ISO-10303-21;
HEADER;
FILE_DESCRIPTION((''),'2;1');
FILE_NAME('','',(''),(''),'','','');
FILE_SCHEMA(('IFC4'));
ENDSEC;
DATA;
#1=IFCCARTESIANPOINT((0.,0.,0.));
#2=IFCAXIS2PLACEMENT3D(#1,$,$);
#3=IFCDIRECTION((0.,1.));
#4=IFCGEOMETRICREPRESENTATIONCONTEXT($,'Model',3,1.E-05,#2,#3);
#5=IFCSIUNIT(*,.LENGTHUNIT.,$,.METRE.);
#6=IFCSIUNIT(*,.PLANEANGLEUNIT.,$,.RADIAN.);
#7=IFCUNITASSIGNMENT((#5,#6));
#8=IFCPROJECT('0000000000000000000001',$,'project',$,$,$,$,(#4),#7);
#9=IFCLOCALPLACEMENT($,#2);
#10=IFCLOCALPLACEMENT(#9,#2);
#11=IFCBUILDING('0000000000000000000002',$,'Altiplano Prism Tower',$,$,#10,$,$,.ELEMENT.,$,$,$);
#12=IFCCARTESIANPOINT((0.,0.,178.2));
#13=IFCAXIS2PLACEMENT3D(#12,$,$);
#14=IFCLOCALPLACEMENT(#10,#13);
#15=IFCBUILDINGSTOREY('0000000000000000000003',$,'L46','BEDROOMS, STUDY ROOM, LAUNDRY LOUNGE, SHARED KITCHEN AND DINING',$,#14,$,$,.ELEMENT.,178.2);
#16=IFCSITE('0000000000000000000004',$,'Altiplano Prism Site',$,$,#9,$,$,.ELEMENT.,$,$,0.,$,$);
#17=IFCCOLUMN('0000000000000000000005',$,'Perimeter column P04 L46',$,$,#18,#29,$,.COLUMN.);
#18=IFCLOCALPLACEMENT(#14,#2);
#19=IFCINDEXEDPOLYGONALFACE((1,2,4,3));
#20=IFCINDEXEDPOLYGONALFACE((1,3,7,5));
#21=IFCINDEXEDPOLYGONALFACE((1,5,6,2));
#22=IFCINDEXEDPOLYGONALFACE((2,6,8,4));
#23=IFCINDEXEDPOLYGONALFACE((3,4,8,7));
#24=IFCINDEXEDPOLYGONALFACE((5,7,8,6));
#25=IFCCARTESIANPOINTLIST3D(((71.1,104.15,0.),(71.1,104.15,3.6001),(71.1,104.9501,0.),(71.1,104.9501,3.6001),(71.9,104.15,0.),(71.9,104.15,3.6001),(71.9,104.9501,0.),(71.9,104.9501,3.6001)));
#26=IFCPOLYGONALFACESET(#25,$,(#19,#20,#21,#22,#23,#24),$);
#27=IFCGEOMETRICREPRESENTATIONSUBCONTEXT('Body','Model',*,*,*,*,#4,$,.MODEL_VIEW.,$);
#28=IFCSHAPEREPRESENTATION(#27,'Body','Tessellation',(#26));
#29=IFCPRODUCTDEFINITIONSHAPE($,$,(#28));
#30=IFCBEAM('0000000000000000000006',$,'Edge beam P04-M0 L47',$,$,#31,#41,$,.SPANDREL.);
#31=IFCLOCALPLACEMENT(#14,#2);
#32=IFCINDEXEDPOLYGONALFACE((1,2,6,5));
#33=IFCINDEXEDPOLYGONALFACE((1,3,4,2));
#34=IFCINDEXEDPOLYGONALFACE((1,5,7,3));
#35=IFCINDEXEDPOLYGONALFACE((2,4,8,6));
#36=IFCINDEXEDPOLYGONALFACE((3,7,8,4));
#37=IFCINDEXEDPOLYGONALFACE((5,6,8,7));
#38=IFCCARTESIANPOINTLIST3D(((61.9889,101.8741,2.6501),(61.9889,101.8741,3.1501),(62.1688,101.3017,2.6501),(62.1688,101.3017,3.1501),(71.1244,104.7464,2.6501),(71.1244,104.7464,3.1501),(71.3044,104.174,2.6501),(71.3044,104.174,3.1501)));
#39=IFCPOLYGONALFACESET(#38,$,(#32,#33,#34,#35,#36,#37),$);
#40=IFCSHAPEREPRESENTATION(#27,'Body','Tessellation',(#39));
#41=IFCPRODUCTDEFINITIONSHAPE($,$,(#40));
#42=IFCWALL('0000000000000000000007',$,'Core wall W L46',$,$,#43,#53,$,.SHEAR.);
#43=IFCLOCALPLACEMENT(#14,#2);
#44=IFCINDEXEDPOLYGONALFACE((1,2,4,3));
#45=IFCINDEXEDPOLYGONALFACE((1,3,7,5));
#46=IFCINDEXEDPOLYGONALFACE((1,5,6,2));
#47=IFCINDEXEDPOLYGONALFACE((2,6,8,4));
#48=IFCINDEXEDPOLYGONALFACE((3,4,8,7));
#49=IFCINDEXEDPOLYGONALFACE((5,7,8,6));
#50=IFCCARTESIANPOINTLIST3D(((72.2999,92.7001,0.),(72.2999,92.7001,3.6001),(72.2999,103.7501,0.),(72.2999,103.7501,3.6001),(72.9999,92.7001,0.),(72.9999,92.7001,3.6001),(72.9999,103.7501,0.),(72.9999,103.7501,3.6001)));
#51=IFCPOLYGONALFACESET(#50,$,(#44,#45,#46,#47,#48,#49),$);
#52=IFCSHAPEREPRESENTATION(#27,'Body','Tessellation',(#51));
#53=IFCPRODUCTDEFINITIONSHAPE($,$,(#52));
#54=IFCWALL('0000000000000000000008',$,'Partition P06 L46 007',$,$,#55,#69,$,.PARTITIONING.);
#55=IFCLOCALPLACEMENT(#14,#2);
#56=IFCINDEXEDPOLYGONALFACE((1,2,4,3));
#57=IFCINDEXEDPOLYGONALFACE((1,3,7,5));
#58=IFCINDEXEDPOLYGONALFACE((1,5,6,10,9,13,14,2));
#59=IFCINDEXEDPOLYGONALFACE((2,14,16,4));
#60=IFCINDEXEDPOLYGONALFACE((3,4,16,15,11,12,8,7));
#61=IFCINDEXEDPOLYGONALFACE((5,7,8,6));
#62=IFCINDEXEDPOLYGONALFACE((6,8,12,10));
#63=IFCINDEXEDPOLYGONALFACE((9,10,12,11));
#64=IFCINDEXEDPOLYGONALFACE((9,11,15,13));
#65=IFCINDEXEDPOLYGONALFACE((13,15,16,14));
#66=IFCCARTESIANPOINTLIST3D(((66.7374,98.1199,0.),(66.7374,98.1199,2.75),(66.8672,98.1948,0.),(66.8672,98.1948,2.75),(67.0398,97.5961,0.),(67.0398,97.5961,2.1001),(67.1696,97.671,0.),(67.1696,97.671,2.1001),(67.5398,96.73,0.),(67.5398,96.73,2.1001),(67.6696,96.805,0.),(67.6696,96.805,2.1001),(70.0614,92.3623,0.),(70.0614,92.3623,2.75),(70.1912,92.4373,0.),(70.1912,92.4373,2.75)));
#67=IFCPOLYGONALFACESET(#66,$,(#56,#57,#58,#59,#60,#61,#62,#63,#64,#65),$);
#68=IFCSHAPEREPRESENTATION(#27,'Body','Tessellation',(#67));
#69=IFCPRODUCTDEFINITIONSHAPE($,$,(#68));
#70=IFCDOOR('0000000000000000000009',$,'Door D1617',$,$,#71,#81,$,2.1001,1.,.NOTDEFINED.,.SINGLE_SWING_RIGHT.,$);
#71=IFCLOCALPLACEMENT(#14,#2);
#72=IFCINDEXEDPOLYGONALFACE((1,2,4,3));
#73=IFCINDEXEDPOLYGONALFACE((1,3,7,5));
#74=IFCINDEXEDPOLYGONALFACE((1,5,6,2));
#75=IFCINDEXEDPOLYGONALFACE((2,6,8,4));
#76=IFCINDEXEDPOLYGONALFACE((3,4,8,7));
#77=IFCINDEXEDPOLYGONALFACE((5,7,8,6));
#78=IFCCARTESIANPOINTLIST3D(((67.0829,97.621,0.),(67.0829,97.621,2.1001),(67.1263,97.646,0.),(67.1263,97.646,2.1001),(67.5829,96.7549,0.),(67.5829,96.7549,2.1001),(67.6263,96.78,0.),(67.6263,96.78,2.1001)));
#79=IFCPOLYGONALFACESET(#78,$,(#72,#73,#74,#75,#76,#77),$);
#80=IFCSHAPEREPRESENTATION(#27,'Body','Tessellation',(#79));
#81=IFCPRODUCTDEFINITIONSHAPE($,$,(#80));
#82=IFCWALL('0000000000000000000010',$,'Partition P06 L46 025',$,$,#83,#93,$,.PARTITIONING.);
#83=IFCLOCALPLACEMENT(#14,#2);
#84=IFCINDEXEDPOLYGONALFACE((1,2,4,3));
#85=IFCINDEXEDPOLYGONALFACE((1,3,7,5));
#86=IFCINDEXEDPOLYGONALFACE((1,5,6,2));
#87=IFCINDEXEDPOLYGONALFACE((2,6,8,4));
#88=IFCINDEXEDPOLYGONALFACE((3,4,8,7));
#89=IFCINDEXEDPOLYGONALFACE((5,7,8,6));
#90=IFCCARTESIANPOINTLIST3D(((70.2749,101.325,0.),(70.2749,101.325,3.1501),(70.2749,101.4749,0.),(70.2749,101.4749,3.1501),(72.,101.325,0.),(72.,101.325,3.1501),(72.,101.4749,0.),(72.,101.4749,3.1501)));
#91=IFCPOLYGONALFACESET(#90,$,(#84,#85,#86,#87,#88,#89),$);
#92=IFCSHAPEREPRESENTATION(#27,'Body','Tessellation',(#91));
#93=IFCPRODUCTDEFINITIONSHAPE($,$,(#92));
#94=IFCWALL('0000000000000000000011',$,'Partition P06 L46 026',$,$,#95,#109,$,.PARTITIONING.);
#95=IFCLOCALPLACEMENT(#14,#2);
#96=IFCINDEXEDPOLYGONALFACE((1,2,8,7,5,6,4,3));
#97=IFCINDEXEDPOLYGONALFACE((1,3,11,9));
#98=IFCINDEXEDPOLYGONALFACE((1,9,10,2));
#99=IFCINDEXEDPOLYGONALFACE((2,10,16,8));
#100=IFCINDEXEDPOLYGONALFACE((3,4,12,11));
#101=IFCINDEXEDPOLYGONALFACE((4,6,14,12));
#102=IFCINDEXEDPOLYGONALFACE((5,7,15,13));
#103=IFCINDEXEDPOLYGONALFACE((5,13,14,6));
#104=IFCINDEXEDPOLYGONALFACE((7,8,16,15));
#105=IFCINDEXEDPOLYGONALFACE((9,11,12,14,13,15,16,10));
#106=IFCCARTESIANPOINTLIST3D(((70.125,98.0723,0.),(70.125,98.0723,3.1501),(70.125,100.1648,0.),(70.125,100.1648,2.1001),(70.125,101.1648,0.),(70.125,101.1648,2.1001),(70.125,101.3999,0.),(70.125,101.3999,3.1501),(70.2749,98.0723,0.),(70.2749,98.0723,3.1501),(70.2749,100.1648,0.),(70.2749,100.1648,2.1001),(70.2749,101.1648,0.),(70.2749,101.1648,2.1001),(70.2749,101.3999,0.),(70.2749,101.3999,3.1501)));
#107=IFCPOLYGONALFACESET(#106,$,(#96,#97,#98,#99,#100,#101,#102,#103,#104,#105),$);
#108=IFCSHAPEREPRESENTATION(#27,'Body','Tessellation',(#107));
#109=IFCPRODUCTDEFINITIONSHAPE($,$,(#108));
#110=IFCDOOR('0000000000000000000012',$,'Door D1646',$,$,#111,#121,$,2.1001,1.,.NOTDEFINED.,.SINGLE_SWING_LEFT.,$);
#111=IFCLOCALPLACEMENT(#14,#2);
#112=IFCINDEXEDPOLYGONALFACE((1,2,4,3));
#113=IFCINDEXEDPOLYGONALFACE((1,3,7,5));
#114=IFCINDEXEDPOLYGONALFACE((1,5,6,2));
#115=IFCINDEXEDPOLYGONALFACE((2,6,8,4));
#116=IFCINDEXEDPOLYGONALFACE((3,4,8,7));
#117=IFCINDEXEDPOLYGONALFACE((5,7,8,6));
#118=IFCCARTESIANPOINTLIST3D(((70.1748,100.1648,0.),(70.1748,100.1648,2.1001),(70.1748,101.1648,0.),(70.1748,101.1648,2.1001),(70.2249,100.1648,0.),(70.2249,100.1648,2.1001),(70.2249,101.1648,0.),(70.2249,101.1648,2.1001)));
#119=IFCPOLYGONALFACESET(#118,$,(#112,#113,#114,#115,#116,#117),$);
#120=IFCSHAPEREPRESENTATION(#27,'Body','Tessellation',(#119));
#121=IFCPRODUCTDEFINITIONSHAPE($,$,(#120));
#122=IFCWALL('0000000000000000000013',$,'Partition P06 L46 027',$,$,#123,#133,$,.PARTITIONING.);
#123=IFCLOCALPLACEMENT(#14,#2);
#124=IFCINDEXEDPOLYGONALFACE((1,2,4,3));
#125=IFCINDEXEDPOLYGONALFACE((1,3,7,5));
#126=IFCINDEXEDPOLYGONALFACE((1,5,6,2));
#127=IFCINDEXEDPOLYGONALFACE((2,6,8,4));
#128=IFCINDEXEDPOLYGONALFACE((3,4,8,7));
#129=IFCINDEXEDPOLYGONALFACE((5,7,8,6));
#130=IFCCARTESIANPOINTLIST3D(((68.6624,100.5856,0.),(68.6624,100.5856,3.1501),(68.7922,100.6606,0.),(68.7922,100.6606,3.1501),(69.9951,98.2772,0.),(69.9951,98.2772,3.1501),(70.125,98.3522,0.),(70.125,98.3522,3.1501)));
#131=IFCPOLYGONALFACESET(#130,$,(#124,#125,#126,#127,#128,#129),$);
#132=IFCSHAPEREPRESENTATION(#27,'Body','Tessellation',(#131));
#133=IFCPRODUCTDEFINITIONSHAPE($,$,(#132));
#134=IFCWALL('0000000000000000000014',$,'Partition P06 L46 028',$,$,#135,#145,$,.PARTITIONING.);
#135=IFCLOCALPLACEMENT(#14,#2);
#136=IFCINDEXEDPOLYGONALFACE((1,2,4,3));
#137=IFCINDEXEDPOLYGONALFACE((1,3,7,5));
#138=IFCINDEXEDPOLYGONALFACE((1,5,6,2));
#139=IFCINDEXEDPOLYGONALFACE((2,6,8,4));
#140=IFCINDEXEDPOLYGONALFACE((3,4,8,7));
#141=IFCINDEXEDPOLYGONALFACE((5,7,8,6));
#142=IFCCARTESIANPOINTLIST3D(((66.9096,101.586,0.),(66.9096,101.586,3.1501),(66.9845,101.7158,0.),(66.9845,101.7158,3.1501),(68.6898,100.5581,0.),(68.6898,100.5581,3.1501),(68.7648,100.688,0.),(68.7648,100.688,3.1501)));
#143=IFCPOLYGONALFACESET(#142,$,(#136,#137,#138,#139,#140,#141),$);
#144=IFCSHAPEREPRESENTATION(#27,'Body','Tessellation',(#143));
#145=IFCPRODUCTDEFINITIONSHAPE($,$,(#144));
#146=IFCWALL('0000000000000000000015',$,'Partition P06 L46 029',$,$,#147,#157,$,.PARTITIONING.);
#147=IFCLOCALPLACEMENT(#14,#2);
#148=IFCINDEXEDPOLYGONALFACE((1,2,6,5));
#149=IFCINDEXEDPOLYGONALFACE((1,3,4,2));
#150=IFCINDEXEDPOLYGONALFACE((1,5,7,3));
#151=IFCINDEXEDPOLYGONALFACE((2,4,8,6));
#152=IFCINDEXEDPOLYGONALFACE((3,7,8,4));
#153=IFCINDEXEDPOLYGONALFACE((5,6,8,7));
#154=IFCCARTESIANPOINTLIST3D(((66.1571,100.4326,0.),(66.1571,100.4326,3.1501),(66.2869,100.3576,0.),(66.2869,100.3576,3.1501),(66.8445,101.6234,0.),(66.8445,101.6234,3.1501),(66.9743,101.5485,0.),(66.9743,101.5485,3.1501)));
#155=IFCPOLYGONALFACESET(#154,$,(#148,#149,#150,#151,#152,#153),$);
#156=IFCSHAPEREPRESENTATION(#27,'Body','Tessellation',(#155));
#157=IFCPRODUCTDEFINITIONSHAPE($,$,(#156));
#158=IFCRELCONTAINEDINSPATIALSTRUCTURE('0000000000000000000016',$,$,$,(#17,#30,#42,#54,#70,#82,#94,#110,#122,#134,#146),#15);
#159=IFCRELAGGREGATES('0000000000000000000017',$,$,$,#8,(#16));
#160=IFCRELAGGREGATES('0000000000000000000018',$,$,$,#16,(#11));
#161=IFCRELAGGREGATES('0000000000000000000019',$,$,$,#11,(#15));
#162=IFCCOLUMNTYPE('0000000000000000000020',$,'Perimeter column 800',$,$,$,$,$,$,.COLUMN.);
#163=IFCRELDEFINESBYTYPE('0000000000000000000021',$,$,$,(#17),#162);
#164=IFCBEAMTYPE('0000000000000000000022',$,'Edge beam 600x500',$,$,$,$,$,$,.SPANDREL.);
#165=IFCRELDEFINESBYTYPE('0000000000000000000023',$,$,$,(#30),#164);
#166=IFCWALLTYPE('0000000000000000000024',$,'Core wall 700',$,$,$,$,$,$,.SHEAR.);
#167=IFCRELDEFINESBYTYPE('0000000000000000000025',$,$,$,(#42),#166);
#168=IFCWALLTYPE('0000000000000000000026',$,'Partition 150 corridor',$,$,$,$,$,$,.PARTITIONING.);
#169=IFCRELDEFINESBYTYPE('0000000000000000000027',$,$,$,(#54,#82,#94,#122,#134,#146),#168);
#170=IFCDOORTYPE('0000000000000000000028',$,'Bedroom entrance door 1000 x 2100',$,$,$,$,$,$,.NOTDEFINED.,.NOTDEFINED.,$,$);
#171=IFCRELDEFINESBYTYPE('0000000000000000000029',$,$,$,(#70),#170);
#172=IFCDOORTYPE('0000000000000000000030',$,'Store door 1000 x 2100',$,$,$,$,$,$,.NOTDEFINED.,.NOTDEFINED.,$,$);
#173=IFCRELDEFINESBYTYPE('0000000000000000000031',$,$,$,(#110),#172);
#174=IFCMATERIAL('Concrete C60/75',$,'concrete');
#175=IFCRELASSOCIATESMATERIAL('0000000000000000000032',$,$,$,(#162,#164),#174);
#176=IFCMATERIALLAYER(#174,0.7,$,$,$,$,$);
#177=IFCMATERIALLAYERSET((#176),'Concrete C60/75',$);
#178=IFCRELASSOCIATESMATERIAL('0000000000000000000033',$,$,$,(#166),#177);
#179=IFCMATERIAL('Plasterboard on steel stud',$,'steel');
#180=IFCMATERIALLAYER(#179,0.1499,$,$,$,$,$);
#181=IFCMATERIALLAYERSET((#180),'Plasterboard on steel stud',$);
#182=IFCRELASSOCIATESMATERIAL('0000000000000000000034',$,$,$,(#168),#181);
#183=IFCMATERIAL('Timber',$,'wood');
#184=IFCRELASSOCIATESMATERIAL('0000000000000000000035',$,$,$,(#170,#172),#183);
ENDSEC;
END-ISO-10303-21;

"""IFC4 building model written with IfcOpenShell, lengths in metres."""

from ifc_helpers import new_model, si_unit, direction, frame, frame_2d, origin, origin_2d, place, context, subcontext, project, spatial, rectangle, extrude, material, layer, layer_set, material_profile, profile_set, type_object, element, fill, save


model = new_model("IFC4")

# Units and contexts
model_context = context("Model", 3, precision=1e-05, world=origin(), true_north=direction((0.0, 1.0)))
body_context = subcontext(model_context, "Body", "Model", "MODEL_VIEW")
ifc_project = project(units=[si_unit("LENGTHUNIT", "METRE"), si_unit("PLANEANGLEUNIT", "RADIAN")], contexts=[model_context])

# Site, building, storey
site_placement = place(None, origin())
site = spatial("IfcSite", under=ifc_project, at=site_placement, Name="Altiplano Prism Site", CompositionType="ELEMENT", RefElevation=0.0)
building_placement = place(site_placement, origin())
building = spatial("IfcBuilding", under=site, at=building_placement, Name="Altiplano Prism Tower", CompositionType="ELEMENT")
storey_placement = place(building_placement, frame((0.0, 0.0, 178.2)))
storey = spatial("IfcBuildingStorey", under=building, at=storey_placement, Name="L46", Description="BEDROOMS, STUDY ROOM, LAUNDRY LOUNGE, SHARED KITCHEN AND DINING", CompositionType="ELEMENT", Elevation=178.2)

# Column
ifc_material_1 = material(Name="Concrete C60/75", Category="concrete")
ifc_material_profile_1 = material_profile(ifc_material_1, rectangle(XDim=0.8, YDim=0.8, at=origin_2d()), Name="Perimeter column 800")
ifc_profile_set_1 = profile_set([ifc_material_profile_1], Name="Concrete C60/75")
column_type = type_object("IfcColumnType", Name="Perimeter column 800", PredefinedType="COLUMN", material=ifc_profile_set_1)
column_placement = place(storey_placement, frame((71.5, 104.55, 0.0), z_axis=(0.0, 0.0, 1.0), x_axis=(1.0, 0.0, 0.0)))
element("IfcColumn", 1, at=column_placement, inside=storey, type_object=column_type, Name="Perimeter column P04 L46", PredefinedType="COLUMN", context=body_context, shape_type="SweptSolid", body=[
    extrude(rectangle(XDim=0.8, YDim=0.8, at=origin_2d()), origin(), (0.0, 0.0, 1.0), 3.6001),
])

# Beam
ifc_material_profile_2 = material_profile(ifc_material_1, rectangle(XDim=0.6001, YDim=0.5, at=origin_2d()), Name="Edge beam 600x500")
ifc_profile_set_2 = profile_set([ifc_material_profile_2], Name="Concrete C60/75")
beam_type = type_object("IfcBeamType", Name="Edge beam 600x500", PredefinedType="SPANDREL", material=ifc_profile_set_2)
beam_placement = place(storey_placement, frame((71.2144, 104.4602, 2.9001), z_axis=(-0.953959, -0.299937, 0.0), x_axis=(0.299937, -0.953959, 0.0)))
element("IfcBeam", 2, at=beam_placement, inside=storey, type_object=beam_type, Name="Edge beam P04-M0 L47", PredefinedType="SPANDREL", context=body_context, shape_type="SweptSolid", body=[
    extrude(rectangle(XDim=0.6001, YDim=0.5, at=origin_2d()), origin(), (0.0, 0.0, 1.0), 9.5764),
])

# Wall
ifc_layer_1 = layer(ifc_material_1, 0.7)
ifc_layer_set_1 = layer_set([ifc_layer_1], Name="Concrete C60/75")
wall_type_1 = type_object("IfcWallType", Name="Core wall 700", PredefinedType="SHEAR", material=ifc_layer_set_1)
wall_1_placement = place(storey_placement, frame((72.6499, 103.75, 0.0), z_axis=(0.0, 0.0, 1.0), x_axis=(0.0, -1.0, 0.0)))
element("IfcWall", 3, at=wall_1_placement, inside=storey, type_object=wall_type_1, Name="Core wall W L46", PredefinedType="SHEAR", context=body_context, shape_type="SweptSolid", body=[
    extrude(rectangle(XDim=11.05, YDim=0.7, at=frame_2d((5.5249, 0.0))), origin(), (0.0, 0.0, 1.0), 3.6001),
])

# Wall, opening, door
ifc_material_2 = material(Name="Plasterboard on steel stud", Category="steel")
ifc_layer_2 = layer(ifc_material_2, 0.1499)
ifc_layer_set_2 = layer_set([ifc_layer_2], Name="Plasterboard on steel stud")
wall_type_2 = type_object("IfcWallType", Name="Partition 150 corridor", PredefinedType="PARTITIONING", material=ifc_layer_set_2)
wall_2_placement = place(storey_placement, frame((66.8022, 98.1575, 0.0), z_axis=(0.0, 0.0, 1.0), x_axis=(0.499982, -0.866036, 0.0)))
wall_2 = element("IfcWall", 4, at=wall_2_placement, inside=storey, type_object=wall_type_2, Name="Partition P06 L46 007", PredefinedType="PARTITIONING", context=body_context, shape_type="SweptSolid", body=[
    extrude(rectangle(XDim=6.6482, YDim=0.1499, at=frame_2d((3.3242, 0.0))), origin(), (0.0, 0.0, 1.0), 2.75),
])
opening_1_placement = place(wall_2_placement, frame((0.605, 0.0, 0.0)))
opening_1 = element("IfcOpeningElement", 5, at=opening_1_placement, cuts=wall_2, PredefinedType="OPENING", context=body_context, shape_type="SweptSolid", body=[
    extrude(rectangle(XDim=1.0, YDim=2.1001, at=frame_2d((0.5, 1.05))), frame((0.0, 0.0854, 0.0), z_axis=(0.0, -1.0, 0.0), x_axis=(1.0, 0.0, 0.0)), (0.0, 0.0, 1.0), 0.1709),
])
ifc_material_3 = material(Name="Timber", Category="wood")
door_type_1 = type_object("IfcDoorType", Name="Bedroom entrance door 1000 x 2100", OperationType="NOTDEFINED", PredefinedType="NOTDEFINED", material=ifc_material_3)
door_1_placement = place(opening_1_placement, origin())
door_1 = element("IfcDoor", 6, at=door_1_placement, inside=storey, type_object=door_type_1, Name="Door D1617", OperationType="SINGLE_SWING_RIGHT", OverallHeight=2.1001, OverallWidth=1.0, PredefinedType="NOTDEFINED", context=body_context, shape_type="SweptSolid", body=[
    extrude(rectangle(XDim=1.0, YDim=2.1001, at=frame_2d((0.5, 1.05))), frame((0.0, 0.0249, 0.0), z_axis=(0.0, -1.0, 0.0), x_axis=(1.0, 0.0, 0.0)), (0.0, 0.0, 1.0), 0.05),
])
fill(opening_1, door_1)

# Wall
wall_3_placement = place(storey_placement, frame((72.0, 101.3999, 0.0), z_axis=(0.0, 0.0, 1.0), x_axis=(-1.0, 0.0, 0.0)))
element("IfcWall", 7, at=wall_3_placement, inside=storey, type_object=wall_type_2, Name="Partition P06 L46 025", PredefinedType="PARTITIONING", context=body_context, shape_type="SweptSolid", body=[
    extrude(rectangle(XDim=1.7251, YDim=0.1499, at=frame_2d((0.8625, 0.0))), origin(), (0.0, 0.0, 1.0), 3.1501),
])

# Wall, opening, door
wall_4_placement = place(storey_placement, frame((70.2, 101.3999, 0.0), z_axis=(0.0, 0.0, 1.0), x_axis=(0.0, -1.0, 0.0)))
wall_4 = element("IfcWall", 8, at=wall_4_placement, inside=storey, type_object=wall_type_2, Name="Partition P06 L46 026", PredefinedType="PARTITIONING", context=body_context, shape_type="SweptSolid", body=[
    extrude(rectangle(XDim=3.3276, YDim=0.1499, at=frame_2d((1.6638, 0.0))), origin(), (0.0, 0.0, 1.0), 3.1501),
])
opening_2_placement = place(wall_4_placement, frame((0.2351, 0.0, 0.0)))
opening_2 = element("IfcOpeningElement", 9, at=opening_2_placement, cuts=wall_4, PredefinedType="OPENING", context=body_context, shape_type="SweptSolid", body=[
    extrude(rectangle(XDim=1.0, YDim=2.1001, at=frame_2d((0.5, 1.05))), frame((0.0, 0.0854, 0.0), z_axis=(0.0, -1.0, 0.0), x_axis=(1.0, 0.0, 0.0)), (0.0, 0.0, 1.0), 0.1709),
])
door_type_2 = type_object("IfcDoorType", Name="Store door 1000 x 2100", OperationType="NOTDEFINED", PredefinedType="NOTDEFINED", material=ifc_material_3)
door_2_placement = place(opening_2_placement, origin())
door_2 = element("IfcDoor", 10, at=door_2_placement, inside=storey, type_object=door_type_2, Name="Door D1646", OperationType="SINGLE_SWING_LEFT", OverallHeight=2.1001, OverallWidth=1.0, PredefinedType="NOTDEFINED", context=body_context, shape_type="SweptSolid", body=[
    extrude(rectangle(XDim=1.0, YDim=2.1001, at=frame_2d((0.5, 1.05))), frame((0.0, 0.0249, 0.0), z_axis=(0.0, -1.0, 0.0), x_axis=(1.0, 0.0, 0.0)), (0.0, 0.0, 1.0), 0.05),
])
fill(opening_2, door_2)

# Walls
wall_5_placement = place(storey_placement, frame((70.0601, 98.3147, 0.0), z_axis=(0.0, 0.0, 1.0), x_axis=(-0.500011, 0.866019, 0.0)))
element("IfcWall", 11, at=wall_5_placement, inside=storey, type_object=wall_type_2, Name="Partition P06 L46 027", PredefinedType="PARTITIONING", context=body_context, shape_type="SweptSolid", body=[
    extrude(rectangle(XDim=2.6655, YDim=0.1499, at=frame_2d((1.3328, 0.0))), origin(), (0.0, 0.0, 1.0), 3.1501),
])
wall_6_placement = place(storey_placement, frame((68.7273, 100.623, 0.0), z_axis=(0.0, 0.0, 1.0), x_axis=(-0.866027, 0.499997, 0.0)))
element("IfcWall", 12, at=wall_6_placement, inside=storey, type_object=wall_type_2, Name="Partition P06 L46 028", PredefinedType="PARTITIONING", context=body_context, shape_type="SweptSolid", body=[
    extrude(rectangle(XDim=2.0557, YDim=0.1499, at=frame_2d((1.0278, 0.0))), origin(), (0.0, 0.0, 1.0), 3.1501),
])
wall_7_placement = place(storey_placement, frame((66.9094, 101.5859, 0.0), z_axis=(0.0, 0.0, 1.0), x_axis=(-0.499958, -0.86605, 0.0)))
element("IfcWall", 13, at=wall_7_placement, inside=storey, type_object=wall_type_2, Name="Partition P06 L46 029", PredefinedType="PARTITIONING", context=body_context, shape_type="SweptSolid", body=[
    extrude(rectangle(XDim=1.375, YDim=0.1499, at=frame_2d((0.6875, 0.0))), origin(), (0.0, 0.0, 1.0), 3.1501),
])

save(model, "model.ifc")
